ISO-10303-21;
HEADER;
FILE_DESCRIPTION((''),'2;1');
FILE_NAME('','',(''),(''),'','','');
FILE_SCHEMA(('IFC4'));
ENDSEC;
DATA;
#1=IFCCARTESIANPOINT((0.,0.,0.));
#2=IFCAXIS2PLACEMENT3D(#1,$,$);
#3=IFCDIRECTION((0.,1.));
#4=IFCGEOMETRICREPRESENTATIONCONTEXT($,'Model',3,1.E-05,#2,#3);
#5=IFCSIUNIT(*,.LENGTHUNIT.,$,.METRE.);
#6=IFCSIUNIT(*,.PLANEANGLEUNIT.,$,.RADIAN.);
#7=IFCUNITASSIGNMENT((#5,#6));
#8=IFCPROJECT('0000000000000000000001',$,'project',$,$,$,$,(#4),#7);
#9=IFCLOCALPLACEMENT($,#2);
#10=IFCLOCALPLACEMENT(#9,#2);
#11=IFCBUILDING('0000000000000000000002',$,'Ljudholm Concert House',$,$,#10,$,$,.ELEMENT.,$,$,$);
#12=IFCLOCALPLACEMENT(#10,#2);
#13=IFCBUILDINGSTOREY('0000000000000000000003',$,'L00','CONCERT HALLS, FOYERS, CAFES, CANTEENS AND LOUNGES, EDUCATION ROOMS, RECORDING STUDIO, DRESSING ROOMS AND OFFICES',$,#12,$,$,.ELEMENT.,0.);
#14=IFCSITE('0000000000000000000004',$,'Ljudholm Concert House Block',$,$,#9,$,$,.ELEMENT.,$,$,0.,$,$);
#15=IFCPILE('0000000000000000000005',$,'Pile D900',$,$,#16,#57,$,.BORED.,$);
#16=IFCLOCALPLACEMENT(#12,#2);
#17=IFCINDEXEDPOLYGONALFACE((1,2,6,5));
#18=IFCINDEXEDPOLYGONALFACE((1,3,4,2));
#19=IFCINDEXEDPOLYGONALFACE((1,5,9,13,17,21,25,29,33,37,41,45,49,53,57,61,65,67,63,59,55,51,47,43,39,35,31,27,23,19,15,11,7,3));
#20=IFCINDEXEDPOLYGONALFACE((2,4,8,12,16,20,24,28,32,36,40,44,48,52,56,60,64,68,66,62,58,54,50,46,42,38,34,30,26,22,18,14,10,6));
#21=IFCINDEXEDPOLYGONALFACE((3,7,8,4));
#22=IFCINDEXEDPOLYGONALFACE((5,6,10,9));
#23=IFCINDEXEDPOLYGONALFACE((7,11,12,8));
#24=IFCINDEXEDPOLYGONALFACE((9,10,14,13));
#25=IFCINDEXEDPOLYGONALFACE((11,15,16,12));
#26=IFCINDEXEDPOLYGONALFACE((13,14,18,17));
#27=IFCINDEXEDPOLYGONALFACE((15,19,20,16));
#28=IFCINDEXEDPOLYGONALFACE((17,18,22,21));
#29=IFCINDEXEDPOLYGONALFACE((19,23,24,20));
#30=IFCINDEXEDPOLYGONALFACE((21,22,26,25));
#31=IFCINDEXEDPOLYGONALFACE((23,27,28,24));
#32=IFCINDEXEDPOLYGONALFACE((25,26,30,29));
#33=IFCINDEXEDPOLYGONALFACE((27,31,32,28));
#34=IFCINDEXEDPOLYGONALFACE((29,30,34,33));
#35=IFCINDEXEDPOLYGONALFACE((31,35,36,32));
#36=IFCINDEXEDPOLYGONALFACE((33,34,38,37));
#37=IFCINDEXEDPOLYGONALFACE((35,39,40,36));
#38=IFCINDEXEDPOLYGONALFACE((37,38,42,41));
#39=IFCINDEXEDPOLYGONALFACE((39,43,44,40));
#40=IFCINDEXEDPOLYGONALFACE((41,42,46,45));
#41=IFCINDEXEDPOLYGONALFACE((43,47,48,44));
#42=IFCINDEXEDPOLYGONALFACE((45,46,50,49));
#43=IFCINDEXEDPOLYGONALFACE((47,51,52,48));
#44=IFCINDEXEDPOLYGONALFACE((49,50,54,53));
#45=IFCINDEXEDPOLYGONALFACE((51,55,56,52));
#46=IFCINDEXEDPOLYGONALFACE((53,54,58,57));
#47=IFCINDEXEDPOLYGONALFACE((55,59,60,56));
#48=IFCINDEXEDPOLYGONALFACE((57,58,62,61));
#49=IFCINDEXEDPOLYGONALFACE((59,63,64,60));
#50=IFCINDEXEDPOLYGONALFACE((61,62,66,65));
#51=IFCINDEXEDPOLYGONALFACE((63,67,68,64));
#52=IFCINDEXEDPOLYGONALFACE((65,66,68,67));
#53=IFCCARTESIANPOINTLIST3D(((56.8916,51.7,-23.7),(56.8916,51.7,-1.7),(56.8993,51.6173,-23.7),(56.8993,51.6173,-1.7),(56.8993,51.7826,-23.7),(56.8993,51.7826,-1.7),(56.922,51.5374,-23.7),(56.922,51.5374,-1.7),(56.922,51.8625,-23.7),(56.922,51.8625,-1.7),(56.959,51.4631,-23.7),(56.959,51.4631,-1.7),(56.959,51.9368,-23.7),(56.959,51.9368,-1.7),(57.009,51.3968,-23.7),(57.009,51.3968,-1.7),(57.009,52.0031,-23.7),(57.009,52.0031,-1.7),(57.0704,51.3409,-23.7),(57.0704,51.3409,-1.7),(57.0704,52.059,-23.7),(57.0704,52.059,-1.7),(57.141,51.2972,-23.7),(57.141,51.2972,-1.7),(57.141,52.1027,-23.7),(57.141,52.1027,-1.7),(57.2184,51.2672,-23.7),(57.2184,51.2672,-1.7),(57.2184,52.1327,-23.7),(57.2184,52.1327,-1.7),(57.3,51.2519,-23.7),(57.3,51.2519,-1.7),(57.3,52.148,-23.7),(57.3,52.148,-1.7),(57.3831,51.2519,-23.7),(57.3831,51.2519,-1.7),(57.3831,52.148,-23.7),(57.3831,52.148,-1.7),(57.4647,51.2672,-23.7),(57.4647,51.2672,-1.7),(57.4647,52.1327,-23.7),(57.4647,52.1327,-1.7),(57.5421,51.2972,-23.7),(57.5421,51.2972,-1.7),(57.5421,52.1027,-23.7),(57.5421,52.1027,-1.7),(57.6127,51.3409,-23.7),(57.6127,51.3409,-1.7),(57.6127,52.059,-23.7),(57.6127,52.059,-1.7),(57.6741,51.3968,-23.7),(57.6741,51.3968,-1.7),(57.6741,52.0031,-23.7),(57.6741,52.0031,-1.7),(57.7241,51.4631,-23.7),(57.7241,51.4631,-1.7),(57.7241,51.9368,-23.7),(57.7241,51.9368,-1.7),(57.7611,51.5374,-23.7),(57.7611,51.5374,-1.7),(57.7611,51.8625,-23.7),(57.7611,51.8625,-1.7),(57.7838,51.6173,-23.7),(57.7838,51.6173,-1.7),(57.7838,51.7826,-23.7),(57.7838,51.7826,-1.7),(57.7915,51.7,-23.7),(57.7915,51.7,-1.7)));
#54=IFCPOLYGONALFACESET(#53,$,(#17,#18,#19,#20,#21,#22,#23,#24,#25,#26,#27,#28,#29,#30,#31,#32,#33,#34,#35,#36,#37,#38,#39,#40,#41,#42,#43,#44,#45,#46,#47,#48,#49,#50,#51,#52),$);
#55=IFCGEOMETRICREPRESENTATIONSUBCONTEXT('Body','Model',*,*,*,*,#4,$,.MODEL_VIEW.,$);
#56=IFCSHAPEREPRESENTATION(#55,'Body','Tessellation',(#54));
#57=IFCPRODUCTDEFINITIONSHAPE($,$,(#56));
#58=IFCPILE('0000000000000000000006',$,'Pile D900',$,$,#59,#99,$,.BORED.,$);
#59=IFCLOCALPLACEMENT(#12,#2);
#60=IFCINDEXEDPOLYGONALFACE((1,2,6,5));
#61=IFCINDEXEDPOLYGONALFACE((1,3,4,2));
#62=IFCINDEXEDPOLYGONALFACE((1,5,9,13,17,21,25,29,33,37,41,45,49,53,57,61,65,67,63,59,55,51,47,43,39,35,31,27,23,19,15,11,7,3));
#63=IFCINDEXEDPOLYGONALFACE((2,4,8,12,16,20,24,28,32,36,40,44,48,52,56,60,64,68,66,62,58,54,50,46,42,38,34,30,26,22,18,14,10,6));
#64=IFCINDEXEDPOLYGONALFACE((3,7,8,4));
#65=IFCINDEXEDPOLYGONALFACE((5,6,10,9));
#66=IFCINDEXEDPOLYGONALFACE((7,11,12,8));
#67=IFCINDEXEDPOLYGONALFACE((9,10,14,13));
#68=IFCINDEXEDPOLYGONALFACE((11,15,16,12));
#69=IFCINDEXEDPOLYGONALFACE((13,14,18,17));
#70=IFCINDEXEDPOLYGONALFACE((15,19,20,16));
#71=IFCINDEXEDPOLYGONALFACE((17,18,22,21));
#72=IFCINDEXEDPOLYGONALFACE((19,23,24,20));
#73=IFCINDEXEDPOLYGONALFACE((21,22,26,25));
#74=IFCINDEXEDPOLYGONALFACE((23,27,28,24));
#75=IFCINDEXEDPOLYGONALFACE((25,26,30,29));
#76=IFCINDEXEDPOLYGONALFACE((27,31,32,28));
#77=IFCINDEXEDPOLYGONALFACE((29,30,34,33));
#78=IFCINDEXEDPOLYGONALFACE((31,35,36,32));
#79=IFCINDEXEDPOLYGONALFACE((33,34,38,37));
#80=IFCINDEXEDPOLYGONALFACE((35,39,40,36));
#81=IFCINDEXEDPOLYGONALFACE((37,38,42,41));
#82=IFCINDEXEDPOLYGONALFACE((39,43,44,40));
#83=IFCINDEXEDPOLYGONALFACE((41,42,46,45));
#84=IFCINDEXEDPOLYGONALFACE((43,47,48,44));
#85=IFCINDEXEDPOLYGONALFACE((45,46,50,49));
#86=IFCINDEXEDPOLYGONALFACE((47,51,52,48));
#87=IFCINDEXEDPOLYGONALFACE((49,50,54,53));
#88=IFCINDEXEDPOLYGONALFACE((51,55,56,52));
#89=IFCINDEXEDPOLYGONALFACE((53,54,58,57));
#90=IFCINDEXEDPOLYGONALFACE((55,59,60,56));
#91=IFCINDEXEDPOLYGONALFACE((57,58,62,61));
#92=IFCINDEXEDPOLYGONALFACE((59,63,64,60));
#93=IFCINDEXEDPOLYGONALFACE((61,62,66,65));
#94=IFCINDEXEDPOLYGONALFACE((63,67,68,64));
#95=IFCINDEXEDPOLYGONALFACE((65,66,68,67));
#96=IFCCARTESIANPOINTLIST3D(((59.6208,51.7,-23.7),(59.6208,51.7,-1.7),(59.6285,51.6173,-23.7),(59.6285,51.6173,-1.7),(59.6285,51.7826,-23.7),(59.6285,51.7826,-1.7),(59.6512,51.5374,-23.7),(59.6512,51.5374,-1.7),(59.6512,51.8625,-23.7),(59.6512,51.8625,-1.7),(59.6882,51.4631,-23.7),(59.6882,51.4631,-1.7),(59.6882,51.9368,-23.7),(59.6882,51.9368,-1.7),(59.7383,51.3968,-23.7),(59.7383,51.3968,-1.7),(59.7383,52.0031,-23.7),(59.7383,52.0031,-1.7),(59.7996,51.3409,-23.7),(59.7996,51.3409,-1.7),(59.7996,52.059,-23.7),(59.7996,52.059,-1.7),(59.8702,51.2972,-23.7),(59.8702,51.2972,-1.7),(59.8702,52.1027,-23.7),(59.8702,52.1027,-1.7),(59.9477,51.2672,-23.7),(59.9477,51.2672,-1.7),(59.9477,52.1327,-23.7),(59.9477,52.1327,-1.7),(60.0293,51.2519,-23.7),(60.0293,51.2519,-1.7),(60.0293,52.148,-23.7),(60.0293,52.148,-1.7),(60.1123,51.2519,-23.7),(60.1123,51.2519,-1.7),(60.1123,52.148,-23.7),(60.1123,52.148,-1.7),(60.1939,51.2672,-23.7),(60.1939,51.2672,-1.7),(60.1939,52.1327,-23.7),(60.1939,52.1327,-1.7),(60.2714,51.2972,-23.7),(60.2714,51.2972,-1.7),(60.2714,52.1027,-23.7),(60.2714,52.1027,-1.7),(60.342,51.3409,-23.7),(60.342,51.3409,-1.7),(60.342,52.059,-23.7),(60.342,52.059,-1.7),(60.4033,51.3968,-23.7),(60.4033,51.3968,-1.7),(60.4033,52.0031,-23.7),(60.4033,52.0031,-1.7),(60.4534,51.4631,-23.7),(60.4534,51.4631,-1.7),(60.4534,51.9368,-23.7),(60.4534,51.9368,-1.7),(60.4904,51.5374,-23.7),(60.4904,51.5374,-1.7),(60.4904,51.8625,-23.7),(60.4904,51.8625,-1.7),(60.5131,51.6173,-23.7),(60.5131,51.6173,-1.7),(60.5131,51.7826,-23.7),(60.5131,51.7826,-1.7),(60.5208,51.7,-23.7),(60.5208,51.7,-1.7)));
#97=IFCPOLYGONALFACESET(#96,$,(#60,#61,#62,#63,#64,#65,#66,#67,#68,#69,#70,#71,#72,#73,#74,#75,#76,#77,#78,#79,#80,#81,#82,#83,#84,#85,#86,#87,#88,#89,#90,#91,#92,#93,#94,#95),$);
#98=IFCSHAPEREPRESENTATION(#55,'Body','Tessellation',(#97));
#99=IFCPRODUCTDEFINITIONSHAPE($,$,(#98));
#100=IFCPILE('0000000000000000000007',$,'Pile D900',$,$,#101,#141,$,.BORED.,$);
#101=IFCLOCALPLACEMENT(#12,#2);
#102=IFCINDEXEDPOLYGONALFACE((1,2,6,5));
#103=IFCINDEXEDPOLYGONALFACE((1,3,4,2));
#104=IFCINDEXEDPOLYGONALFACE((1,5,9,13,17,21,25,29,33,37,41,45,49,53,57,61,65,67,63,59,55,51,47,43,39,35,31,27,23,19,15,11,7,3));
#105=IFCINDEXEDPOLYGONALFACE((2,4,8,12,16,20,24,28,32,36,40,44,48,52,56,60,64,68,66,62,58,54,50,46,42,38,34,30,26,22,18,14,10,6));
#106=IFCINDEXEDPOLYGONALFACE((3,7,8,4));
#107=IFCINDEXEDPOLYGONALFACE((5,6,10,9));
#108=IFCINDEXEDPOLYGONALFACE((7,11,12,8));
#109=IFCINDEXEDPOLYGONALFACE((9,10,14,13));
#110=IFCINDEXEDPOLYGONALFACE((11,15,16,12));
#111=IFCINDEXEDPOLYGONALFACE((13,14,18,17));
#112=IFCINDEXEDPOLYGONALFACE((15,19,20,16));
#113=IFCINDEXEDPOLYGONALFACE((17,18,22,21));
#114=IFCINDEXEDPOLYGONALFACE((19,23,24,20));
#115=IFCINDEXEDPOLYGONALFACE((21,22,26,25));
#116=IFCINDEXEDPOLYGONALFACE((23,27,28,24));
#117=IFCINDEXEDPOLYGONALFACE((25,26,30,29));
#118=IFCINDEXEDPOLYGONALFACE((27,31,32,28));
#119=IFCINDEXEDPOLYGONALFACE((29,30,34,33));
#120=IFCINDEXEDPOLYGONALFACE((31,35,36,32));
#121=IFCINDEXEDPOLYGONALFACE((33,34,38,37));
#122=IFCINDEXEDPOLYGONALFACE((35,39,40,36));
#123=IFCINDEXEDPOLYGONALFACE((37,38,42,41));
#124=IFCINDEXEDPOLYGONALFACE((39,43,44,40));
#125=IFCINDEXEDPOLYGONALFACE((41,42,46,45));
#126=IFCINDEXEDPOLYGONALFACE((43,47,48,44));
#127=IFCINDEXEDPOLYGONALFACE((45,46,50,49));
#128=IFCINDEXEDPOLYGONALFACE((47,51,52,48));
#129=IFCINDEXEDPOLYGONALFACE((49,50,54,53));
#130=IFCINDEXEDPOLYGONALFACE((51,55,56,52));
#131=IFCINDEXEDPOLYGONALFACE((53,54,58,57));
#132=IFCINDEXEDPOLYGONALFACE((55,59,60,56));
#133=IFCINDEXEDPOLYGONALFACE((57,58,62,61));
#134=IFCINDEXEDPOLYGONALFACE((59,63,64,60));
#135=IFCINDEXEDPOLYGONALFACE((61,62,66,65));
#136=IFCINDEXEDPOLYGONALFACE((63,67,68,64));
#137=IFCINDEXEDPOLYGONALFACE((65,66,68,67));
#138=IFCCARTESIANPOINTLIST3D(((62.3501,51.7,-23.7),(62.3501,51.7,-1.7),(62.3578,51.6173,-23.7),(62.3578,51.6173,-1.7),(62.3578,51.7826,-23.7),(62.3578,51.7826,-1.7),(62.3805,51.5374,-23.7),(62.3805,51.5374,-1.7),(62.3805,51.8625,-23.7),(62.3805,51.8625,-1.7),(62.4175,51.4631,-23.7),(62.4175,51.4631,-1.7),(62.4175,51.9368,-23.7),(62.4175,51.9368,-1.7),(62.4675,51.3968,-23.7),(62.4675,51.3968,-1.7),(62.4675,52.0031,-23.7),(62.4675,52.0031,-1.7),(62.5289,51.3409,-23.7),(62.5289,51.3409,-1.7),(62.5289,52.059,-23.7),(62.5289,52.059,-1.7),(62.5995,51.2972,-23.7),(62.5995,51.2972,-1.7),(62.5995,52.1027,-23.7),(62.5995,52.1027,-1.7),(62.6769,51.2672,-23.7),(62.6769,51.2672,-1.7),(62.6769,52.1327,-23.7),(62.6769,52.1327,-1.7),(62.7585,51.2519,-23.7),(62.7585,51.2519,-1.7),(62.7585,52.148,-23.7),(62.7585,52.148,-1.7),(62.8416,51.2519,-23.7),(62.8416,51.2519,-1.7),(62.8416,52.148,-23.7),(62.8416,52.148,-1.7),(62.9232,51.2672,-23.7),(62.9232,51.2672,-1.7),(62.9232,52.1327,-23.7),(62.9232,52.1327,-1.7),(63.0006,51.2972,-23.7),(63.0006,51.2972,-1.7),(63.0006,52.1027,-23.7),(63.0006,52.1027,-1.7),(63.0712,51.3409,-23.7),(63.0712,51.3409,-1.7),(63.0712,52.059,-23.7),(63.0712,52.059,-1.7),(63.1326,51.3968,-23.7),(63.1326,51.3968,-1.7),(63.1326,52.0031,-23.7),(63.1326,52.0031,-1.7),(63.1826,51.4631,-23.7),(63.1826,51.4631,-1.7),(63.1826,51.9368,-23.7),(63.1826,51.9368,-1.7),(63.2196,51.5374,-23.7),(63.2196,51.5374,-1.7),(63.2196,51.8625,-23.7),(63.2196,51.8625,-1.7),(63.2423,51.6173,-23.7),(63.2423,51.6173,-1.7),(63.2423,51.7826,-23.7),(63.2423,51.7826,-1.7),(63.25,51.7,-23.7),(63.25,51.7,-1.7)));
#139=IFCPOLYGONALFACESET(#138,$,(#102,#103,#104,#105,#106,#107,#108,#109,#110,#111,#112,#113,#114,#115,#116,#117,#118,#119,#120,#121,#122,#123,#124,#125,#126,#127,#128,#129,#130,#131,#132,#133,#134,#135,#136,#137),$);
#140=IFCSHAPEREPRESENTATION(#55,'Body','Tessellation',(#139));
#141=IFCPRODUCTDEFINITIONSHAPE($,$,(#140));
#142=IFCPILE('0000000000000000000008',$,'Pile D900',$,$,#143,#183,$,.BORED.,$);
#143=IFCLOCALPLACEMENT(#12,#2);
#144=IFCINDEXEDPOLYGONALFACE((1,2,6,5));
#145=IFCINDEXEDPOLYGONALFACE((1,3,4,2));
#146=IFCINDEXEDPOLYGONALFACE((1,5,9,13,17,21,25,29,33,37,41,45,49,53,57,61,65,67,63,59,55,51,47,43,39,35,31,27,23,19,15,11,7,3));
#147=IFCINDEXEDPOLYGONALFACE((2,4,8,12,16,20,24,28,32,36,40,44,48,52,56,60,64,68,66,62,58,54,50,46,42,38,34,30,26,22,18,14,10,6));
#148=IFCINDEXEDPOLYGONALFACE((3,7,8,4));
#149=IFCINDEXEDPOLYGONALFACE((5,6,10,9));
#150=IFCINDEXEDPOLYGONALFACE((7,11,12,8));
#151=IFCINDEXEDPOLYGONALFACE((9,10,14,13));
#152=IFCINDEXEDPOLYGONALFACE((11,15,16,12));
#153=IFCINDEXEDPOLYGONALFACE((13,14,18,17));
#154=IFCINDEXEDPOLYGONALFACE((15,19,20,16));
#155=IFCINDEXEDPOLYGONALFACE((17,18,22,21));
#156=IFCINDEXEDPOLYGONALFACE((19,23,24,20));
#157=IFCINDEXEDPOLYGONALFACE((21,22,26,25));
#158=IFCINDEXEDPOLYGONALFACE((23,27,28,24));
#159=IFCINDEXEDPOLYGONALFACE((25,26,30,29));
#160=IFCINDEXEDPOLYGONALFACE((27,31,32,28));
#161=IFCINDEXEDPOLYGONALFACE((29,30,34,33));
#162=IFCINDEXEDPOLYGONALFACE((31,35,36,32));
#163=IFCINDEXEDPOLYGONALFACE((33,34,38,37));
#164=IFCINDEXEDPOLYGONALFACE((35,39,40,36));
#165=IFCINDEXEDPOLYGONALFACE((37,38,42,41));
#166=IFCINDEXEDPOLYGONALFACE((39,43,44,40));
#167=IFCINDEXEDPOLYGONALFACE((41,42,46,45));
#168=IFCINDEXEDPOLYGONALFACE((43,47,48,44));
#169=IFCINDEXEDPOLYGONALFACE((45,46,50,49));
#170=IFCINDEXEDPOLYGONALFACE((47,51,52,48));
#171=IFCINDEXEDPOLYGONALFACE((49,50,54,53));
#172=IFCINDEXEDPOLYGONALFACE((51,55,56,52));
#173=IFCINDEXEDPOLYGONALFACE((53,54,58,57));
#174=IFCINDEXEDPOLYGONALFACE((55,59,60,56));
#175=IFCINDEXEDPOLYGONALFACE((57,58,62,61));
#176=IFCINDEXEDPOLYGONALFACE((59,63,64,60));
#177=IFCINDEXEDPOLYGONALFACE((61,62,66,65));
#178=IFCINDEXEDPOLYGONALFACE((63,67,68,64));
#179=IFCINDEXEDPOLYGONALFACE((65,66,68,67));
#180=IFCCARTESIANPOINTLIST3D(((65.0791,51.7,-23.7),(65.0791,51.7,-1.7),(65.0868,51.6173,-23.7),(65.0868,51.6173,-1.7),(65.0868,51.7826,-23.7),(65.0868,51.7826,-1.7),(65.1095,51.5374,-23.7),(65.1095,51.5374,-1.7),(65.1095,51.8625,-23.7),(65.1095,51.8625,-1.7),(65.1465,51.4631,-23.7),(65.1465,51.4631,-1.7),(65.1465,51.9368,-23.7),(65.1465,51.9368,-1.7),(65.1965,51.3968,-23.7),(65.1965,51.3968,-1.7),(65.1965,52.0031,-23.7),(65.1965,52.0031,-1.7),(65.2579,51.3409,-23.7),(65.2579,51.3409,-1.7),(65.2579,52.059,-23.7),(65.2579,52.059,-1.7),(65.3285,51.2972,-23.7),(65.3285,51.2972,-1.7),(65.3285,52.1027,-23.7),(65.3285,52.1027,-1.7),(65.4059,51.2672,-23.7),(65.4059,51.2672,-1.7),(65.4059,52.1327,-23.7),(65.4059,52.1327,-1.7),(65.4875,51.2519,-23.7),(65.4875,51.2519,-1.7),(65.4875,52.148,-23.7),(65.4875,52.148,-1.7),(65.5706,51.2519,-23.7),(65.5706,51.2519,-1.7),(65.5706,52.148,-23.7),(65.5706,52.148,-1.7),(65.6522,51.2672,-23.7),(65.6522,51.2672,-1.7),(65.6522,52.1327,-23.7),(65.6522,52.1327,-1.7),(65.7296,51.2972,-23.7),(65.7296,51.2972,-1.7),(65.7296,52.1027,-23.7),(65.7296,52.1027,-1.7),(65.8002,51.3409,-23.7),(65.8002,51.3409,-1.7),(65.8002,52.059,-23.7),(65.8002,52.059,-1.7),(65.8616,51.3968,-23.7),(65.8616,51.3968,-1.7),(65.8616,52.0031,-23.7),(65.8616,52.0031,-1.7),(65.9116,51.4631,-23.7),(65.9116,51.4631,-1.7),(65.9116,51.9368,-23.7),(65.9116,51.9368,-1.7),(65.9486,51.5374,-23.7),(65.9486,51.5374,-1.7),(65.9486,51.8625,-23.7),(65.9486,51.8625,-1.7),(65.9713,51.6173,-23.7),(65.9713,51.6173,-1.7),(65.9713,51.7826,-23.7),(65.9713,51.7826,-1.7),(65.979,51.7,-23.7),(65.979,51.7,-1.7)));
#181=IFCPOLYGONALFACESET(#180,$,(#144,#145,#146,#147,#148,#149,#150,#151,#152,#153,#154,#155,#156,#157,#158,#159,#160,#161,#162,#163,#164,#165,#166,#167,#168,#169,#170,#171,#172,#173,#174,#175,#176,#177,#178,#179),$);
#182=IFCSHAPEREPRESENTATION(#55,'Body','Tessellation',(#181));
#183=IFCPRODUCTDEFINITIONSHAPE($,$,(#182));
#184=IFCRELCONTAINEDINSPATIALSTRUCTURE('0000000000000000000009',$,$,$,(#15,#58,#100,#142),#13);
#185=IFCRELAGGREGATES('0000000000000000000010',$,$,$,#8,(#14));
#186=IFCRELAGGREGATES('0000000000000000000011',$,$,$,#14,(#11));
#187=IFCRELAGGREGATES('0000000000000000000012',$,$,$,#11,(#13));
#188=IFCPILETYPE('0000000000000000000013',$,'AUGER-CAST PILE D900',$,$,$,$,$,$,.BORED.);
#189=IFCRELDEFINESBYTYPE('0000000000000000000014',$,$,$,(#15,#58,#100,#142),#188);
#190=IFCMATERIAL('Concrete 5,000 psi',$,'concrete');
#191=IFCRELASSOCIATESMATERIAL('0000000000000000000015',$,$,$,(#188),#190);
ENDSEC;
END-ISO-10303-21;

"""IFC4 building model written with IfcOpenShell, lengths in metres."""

from ifc_helpers import new_model, si_unit, direction, frame, origin, origin_2d, place, context, subcontext, project, spatial, circle, extrude, material, material_profile, profile_set, type_object, element, save


model = new_model("IFC4")

# Units and contexts
model_context = context("Model", 3, precision=1e-05, world=origin(), true_north=direction((0.0, 1.0)))
body_context = subcontext(model_context, "Body", "Model", "MODEL_VIEW")
ifc_project = project(units=[si_unit("LENGTHUNIT", "METRE"), si_unit("PLANEANGLEUNIT", "RADIAN")], contexts=[model_context])

# Site, building, storey
site_placement = place(None, origin())
site = spatial("IfcSite", under=ifc_project, at=site_placement, Name="Ljudholm Concert House Block", CompositionType="ELEMENT", RefElevation=0.0)
building_placement = place(site_placement, origin())
building = spatial("IfcBuilding", under=site, at=building_placement, Name="Ljudholm Concert House", CompositionType="ELEMENT")
storey_placement = place(building_placement, origin())
storey = spatial("IfcBuildingStorey", under=building, at=storey_placement, Name="L00", Description="CONCERT HALLS, FOYERS, CAFES, CANTEENS AND LOUNGES, EDUCATION ROOMS, RECORDING STUDIO, DRESSING ROOMS AND OFFICES", CompositionType="ELEMENT", Elevation=0.0)

# Piles
ifc_material_1 = material(Name="Concrete 5,000 psi", Category="concrete")
ifc_material_profile = material_profile(ifc_material_1, circle(Radius=0.45, at=origin_2d()), Name="AUGER-CAST PILE D900")
ifc_profile_set = profile_set([ifc_material_profile], Name="Concrete 5,000 psi")
pile_type = type_object("IfcPileType", Name="AUGER-CAST PILE D900", PredefinedType="BORED", material=ifc_profile_set)
for number, where, z_axis, x_axis, name in (
    (1, (57.3416, 51.7, -1.7), (0.0, 0.0, -1.0), (1.0, 0.0, 0.0), "Pile D900"),
    (2, (60.0708, 51.7, -1.7), (0.0, 0.0, -1.0), (1.0, 0.0, 0.0), "Pile D900"),
    (3, (62.8, 51.7, -1.7), (0.0, 0.0, -1.0), (1.0, 0.0, 0.0), "Pile D900"),
    (4, (65.5291, 51.7, -1.7), (0.0, 0.0, -1.0), (1.0, 0.0, 0.0), "Pile D900"),
):
    element("IfcPile", number, at=place(storey_placement, frame(where, z_axis=z_axis, x_axis=x_axis)), inside=storey, type_object=pile_type, Name=name, PredefinedType="BORED", context=body_context, shape_type="SweptSolid", body=[
        extrude(circle(Radius=0.45, at=origin_2d()), origin(), (0.0, 0.0, 1.0), 22.0),
    ])

save(model, "model.ifc")
